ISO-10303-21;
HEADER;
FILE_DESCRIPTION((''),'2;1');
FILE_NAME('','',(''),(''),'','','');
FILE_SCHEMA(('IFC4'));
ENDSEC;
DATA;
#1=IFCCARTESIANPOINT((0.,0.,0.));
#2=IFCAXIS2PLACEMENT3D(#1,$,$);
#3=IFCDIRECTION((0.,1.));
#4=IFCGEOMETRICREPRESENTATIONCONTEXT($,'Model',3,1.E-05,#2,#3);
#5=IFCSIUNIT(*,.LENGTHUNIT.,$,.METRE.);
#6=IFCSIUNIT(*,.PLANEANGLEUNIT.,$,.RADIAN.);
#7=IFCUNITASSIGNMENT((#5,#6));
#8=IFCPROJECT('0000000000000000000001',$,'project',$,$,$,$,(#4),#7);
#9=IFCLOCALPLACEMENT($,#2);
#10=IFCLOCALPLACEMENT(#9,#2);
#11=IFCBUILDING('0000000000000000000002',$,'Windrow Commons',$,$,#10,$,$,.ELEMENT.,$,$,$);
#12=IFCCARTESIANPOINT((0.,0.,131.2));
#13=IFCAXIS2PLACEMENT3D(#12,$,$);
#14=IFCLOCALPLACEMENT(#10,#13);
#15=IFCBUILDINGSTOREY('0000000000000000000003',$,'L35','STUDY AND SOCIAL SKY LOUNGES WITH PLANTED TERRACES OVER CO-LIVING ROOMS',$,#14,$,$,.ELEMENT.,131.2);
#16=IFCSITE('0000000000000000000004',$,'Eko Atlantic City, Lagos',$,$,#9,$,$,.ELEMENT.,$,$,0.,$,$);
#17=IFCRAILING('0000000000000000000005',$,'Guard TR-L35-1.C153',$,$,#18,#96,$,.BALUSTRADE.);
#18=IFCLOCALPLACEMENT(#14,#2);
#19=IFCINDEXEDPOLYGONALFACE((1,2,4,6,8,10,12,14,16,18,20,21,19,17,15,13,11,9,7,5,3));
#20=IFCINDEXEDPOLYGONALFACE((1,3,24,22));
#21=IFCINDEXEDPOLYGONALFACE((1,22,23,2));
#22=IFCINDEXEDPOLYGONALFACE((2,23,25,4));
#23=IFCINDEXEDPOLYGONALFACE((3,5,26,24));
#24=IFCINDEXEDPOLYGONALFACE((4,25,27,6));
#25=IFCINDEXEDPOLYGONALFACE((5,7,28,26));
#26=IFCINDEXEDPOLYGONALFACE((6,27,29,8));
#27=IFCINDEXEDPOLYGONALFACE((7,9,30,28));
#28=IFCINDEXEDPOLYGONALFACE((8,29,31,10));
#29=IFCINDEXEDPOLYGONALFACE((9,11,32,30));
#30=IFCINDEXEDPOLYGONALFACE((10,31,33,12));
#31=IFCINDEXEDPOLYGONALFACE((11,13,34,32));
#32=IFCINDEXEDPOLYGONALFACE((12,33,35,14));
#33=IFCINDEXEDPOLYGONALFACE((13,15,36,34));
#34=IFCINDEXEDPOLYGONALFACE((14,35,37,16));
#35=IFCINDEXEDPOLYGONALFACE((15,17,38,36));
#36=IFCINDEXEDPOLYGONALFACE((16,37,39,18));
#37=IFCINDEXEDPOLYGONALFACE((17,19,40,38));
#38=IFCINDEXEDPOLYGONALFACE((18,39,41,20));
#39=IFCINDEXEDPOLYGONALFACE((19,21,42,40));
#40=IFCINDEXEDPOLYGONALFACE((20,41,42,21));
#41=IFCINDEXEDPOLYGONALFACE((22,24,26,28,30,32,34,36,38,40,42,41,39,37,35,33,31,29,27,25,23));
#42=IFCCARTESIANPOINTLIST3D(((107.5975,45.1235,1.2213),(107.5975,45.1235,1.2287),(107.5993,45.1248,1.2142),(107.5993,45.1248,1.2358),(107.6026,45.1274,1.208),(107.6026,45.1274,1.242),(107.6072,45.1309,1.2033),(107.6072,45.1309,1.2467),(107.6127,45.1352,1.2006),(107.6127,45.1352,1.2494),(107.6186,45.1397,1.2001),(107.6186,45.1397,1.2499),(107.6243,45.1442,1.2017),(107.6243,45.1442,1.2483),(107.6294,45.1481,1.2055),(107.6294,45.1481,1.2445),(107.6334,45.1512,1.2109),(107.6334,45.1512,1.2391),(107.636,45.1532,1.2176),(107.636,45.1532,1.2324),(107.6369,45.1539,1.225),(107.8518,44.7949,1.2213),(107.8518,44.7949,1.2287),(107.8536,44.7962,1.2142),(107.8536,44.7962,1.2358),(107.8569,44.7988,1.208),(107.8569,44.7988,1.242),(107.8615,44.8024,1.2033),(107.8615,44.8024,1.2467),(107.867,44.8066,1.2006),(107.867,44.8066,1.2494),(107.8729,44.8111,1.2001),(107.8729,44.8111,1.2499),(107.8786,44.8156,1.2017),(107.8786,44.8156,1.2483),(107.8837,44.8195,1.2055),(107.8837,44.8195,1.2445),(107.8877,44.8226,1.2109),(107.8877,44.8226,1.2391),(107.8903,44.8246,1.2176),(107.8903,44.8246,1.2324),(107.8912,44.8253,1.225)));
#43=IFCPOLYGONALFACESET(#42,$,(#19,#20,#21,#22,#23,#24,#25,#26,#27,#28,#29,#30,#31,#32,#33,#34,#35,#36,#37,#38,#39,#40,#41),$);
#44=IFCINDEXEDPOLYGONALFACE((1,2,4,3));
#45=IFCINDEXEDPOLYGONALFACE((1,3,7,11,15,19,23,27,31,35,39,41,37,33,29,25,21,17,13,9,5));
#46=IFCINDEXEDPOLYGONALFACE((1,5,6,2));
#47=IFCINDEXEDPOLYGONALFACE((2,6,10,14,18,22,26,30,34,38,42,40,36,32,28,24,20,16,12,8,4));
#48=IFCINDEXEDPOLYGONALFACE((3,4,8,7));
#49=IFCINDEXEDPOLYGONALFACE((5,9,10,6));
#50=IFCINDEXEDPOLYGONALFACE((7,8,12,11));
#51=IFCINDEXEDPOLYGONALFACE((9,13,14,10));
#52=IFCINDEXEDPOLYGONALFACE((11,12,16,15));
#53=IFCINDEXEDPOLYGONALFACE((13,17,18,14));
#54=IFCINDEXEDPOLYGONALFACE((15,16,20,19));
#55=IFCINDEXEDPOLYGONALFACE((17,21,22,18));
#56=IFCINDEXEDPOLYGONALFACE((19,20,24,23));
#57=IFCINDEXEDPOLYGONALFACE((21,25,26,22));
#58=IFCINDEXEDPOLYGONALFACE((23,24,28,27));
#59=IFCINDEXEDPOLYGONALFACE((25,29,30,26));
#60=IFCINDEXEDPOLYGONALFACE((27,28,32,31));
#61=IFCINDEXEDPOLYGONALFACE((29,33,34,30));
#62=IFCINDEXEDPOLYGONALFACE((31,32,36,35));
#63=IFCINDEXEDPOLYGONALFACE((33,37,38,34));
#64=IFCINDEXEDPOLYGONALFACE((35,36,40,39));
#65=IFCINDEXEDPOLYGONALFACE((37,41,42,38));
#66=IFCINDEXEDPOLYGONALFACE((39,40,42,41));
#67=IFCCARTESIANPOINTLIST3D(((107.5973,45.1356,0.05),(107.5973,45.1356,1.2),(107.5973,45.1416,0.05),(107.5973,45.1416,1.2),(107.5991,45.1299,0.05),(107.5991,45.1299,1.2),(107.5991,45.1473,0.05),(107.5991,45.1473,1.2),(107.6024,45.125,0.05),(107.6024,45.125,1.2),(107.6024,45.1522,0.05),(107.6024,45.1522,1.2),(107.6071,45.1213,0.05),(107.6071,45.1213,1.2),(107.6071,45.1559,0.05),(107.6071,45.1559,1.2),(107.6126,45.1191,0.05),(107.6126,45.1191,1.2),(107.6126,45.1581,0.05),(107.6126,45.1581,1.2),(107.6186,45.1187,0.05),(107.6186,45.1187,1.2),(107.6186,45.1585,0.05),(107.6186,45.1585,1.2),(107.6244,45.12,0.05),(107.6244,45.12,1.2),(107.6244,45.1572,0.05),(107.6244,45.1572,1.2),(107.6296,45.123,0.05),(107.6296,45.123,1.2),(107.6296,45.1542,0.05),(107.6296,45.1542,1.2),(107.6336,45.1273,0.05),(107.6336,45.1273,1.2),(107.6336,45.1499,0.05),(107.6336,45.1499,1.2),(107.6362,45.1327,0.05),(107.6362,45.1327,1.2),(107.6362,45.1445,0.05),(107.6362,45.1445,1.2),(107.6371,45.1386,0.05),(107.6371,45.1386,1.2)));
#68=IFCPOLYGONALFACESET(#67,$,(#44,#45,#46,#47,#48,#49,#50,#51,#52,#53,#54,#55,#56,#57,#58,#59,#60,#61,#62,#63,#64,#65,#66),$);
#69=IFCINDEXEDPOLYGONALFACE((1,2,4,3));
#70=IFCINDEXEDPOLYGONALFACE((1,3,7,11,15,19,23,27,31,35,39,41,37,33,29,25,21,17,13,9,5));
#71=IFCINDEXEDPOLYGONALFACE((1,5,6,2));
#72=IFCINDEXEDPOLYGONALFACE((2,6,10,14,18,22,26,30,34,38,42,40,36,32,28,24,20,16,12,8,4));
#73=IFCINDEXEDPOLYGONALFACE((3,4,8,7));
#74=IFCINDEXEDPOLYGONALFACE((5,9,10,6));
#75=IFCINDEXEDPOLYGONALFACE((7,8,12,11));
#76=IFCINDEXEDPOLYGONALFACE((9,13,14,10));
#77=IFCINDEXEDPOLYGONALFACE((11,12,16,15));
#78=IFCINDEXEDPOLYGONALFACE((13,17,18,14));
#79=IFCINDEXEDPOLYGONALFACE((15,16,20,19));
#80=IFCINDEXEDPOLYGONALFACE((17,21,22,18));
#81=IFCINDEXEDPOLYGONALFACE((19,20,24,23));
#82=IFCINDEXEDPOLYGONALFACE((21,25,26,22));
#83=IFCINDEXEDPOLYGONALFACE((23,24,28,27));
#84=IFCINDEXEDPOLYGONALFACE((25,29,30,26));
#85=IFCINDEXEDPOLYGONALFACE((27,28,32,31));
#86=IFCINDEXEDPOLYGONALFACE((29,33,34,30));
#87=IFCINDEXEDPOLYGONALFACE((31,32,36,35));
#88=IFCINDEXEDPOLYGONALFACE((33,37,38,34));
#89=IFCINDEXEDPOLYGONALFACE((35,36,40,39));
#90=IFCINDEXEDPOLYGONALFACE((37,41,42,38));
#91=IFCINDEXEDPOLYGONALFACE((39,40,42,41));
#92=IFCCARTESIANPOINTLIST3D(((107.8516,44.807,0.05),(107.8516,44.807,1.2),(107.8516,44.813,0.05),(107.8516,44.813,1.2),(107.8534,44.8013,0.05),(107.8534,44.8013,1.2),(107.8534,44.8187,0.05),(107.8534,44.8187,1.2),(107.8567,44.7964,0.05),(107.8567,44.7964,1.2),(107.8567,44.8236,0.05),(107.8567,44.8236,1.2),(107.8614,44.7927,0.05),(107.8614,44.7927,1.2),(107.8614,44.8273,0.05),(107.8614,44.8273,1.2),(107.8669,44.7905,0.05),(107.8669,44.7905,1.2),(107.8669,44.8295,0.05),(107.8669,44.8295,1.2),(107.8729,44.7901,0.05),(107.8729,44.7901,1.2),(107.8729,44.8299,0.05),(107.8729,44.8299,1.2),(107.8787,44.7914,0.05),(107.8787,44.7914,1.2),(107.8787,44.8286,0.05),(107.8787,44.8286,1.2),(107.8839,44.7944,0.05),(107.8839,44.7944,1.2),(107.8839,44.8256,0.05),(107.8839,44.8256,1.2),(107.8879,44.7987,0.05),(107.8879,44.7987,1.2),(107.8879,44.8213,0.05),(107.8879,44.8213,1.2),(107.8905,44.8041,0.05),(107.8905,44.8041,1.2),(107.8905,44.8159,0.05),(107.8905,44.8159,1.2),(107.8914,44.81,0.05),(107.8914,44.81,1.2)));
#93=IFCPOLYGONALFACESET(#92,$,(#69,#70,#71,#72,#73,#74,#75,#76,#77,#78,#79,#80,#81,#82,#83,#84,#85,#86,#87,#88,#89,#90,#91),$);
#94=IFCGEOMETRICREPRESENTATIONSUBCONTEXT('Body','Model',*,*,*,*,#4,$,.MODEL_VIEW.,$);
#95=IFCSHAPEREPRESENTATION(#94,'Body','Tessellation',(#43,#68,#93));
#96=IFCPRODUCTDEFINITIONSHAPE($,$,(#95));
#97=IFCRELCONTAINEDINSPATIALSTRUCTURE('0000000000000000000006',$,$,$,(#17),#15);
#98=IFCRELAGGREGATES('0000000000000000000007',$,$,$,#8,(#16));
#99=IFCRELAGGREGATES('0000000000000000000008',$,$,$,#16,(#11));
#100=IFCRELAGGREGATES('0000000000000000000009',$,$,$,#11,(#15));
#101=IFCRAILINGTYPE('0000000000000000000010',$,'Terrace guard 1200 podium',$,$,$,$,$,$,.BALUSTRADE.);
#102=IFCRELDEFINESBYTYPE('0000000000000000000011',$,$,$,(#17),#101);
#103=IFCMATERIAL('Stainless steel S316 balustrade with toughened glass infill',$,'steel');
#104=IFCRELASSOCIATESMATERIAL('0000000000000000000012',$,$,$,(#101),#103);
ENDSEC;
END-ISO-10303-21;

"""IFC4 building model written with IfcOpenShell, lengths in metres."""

from ifc_helpers import new_model, si_unit, direction, frame, origin, origin_2d, place, context, subcontext, project, spatial, circle, extrude, material, type_object, element, save


model = new_model("IFC4")

# Units and contexts
model_context = context("Model", 3, precision=1e-05, world=origin(), true_north=direction((0.0, 1.0)))
body_context = subcontext(model_context, "Body", "Model", "MODEL_VIEW")
ifc_project = project(units=[si_unit("LENGTHUNIT", "METRE"), si_unit("PLANEANGLEUNIT", "RADIAN")], contexts=[model_context])

# Site, building, storey
site_placement = place(None, origin())
site = spatial("IfcSite", under=ifc_project, at=site_placement, Name="Eko Atlantic City, Lagos", CompositionType="ELEMENT", RefElevation=0.0)
building_placement = place(site_placement, origin())
building = spatial("IfcBuilding", under=site, at=building_placement, Name="Windrow Commons", CompositionType="ELEMENT")
storey_placement = place(building_placement, frame((0.0, 0.0, 131.2)))
storey = spatial("IfcBuildingStorey", under=building, at=storey_placement, Name="L35", Description="STUDY AND SOCIAL SKY LOUNGES WITH PLANTED TERRACES OVER CO-LIVING ROOMS", CompositionType="ELEMENT", Elevation=131.2)

# Railing
ifc_material_1 = material(Name="Stainless steel S316 balustrade with toughened glass infill", Category="steel")
railing_type = type_object("IfcRailingType", Name="Terrace guard 1200 podium", PredefinedType="BALUSTRADE", material=ifc_material_1)
railing_1_placement = place(storey_placement, frame((107.6171, 45.1386, 0.05)))
element("IfcRailing", 1, at=railing_1_placement, inside=storey, type_object=railing_type, Name="Guard TR-L35-1.C153", PredefinedType="BALUSTRADE", context=body_context, shape_type="SweptSolid", body=[
    extrude(circle(Radius=0.025, at=origin_2d()), frame((0.0, 0.0, 1.175), z_axis=(0.612023, -0.79084, 0.0), x_axis=(0.79084, 0.612023, 0.0)), (0.0, 0.0, 1.0), 0.4155),
    extrude(circle(Radius=0.02, at=origin_2d()), origin(), (0.0, 0.0, 1.0), 1.15),
    extrude(circle(Radius=0.02, at=origin_2d()), frame((0.2543, -0.3286, 0.0)), (0.0, 0.0, 1.0), 1.15),
])

save(model, "model.ifc")
